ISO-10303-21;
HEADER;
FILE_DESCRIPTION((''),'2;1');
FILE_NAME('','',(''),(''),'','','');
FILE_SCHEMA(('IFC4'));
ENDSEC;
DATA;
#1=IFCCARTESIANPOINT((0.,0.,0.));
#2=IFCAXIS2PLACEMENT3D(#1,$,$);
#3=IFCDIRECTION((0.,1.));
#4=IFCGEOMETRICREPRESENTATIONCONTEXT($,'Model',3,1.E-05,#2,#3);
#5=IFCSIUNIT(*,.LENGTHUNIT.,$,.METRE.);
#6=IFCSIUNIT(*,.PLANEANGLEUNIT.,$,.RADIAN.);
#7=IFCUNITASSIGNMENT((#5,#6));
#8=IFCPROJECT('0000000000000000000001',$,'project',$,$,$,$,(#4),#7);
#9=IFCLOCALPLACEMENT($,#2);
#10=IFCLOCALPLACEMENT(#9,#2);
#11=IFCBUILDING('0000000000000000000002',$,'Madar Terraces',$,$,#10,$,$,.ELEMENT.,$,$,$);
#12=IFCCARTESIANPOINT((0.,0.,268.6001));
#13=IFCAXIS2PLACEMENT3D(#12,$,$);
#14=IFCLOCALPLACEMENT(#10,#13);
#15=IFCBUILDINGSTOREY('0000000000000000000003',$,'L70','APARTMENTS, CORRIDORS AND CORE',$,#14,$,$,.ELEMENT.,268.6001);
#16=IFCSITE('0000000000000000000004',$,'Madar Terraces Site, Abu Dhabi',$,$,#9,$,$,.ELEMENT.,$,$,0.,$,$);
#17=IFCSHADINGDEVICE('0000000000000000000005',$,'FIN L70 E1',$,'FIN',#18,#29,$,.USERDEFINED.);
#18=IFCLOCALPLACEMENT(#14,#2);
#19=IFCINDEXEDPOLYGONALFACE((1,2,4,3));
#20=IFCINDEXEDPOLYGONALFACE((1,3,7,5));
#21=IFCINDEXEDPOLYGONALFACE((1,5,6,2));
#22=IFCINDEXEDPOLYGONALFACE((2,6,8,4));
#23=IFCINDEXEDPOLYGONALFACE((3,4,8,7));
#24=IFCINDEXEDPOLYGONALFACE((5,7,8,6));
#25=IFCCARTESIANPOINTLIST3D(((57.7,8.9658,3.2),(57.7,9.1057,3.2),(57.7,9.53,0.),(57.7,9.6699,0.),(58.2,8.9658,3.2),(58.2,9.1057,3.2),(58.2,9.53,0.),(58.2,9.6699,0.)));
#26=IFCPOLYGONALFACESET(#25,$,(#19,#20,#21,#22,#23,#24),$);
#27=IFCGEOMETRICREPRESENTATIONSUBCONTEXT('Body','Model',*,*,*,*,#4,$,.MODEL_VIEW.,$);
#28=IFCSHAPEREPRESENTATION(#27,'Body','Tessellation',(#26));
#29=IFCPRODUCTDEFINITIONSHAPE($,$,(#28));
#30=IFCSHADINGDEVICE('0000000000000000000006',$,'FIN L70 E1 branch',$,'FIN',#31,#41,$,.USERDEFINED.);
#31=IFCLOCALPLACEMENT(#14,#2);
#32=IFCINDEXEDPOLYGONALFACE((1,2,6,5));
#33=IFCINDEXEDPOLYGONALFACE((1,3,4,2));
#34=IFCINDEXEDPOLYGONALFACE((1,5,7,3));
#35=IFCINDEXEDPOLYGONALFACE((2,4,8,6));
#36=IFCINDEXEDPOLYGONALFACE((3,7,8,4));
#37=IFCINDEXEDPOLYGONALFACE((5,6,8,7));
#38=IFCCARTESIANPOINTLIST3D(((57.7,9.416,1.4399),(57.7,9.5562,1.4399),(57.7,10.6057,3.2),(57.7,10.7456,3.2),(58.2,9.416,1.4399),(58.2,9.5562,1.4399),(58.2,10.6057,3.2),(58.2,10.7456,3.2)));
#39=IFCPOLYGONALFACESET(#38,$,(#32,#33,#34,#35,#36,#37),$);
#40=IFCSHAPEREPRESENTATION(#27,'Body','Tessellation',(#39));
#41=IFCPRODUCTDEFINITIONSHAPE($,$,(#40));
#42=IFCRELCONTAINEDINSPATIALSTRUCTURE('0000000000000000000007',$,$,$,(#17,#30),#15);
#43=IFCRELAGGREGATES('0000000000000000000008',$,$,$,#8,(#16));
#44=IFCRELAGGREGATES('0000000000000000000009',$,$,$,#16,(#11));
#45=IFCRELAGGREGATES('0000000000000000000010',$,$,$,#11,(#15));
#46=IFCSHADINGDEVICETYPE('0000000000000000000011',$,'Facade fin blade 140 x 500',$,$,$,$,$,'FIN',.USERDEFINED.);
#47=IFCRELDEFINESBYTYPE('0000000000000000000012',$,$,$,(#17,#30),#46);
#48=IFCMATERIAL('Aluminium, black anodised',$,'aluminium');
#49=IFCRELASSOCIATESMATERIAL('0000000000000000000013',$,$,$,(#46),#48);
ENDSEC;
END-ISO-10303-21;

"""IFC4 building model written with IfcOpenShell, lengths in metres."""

from ifc_helpers import new_model, si_unit, direction, frame, origin, place, context, subcontext, project, spatial, polyline, outline, extrude, material, type_object, element, save


model = new_model("IFC4")

# Units and contexts
model_context = context("Model", 3, precision=1e-05, world=origin(), true_north=direction((0.0, 1.0)))
body_context = subcontext(model_context, "Body", "Model", "MODEL_VIEW")
ifc_project = project(units=[si_unit("LENGTHUNIT", "METRE"), si_unit("PLANEANGLEUNIT", "RADIAN")], contexts=[model_context])

# Site, building, storey
site_placement = place(None, origin())
site = spatial("IfcSite", under=ifc_project, at=site_placement, Name="Madar Terraces Site, Abu Dhabi", CompositionType="ELEMENT", RefElevation=0.0)
building_placement = place(site_placement, origin())
building = spatial("IfcBuilding", under=site, at=building_placement, Name="Madar Terraces", CompositionType="ELEMENT")
storey_placement = place(building_placement, frame((0.0, 0.0, 268.6001)))
storey = spatial("IfcBuildingStorey", under=building, at=storey_placement, Name="L70", Description="APARTMENTS, CORRIDORS AND CORE", CompositionType="ELEMENT", Elevation=268.6001)

# Shading devices
ifc_material_1 = material(Name="Aluminium, black anodised", Category="aluminium")
shading_device_type = type_object("IfcShadingDeviceType", Name="Facade fin blade 140 x 500", ElementType="FIN", PredefinedType="USERDEFINED", material=ifc_material_1)
shading_device_1_placement = place(storey_placement, frame((57.95, 9.53, 0.0), z_axis=(0.0, 0.0, 1.0), x_axis=(0.0, 1.0, 0.0)))
element("IfcShadingDevice", 1, at=shading_device_1_placement, inside=storey, type_object=shading_device_type, Name="FIN L70 E1", ObjectType="FIN", PredefinedType="USERDEFINED", context=body_context, shape_type="SweptSolid", body=[
    extrude(outline(polyline([(0.0, 0.0), (0.1399, 0.0), (-0.4243, 3.2), (-0.5642, 3.2), (0.0, 0.0)])), frame((0.0, 0.25, 0.0), z_axis=(0.0, -1.0, 0.0), x_axis=(1.0, 0.0, 0.0)), (0.0, 0.0, 1.0), 0.5),
])
shading_device_2_placement = place(storey_placement, frame((57.95, 9.416, 1.4399), z_axis=(0.0, 0.0, 1.0), x_axis=(0.0, 1.0, 0.0)))
element("IfcShadingDevice", 2, at=shading_device_2_placement, inside=storey, type_object=shading_device_type, Name="FIN L70 E1 branch", ObjectType="FIN", PredefinedType="USERDEFINED", context=body_context, shape_type="SweptSolid", body=[
    extrude(outline(polyline([(0.0, 0.0), (0.1401, 0.0), (1.3296, 1.76), (1.1897, 1.76), (0.0, 0.0)])), frame((0.0, 0.25, 0.0), z_axis=(0.0, -1.0, 0.0), x_axis=(1.0, 0.0, 0.0)), (0.0, 0.0, 1.0), 0.5),
])

save(model, "model.ifc")
